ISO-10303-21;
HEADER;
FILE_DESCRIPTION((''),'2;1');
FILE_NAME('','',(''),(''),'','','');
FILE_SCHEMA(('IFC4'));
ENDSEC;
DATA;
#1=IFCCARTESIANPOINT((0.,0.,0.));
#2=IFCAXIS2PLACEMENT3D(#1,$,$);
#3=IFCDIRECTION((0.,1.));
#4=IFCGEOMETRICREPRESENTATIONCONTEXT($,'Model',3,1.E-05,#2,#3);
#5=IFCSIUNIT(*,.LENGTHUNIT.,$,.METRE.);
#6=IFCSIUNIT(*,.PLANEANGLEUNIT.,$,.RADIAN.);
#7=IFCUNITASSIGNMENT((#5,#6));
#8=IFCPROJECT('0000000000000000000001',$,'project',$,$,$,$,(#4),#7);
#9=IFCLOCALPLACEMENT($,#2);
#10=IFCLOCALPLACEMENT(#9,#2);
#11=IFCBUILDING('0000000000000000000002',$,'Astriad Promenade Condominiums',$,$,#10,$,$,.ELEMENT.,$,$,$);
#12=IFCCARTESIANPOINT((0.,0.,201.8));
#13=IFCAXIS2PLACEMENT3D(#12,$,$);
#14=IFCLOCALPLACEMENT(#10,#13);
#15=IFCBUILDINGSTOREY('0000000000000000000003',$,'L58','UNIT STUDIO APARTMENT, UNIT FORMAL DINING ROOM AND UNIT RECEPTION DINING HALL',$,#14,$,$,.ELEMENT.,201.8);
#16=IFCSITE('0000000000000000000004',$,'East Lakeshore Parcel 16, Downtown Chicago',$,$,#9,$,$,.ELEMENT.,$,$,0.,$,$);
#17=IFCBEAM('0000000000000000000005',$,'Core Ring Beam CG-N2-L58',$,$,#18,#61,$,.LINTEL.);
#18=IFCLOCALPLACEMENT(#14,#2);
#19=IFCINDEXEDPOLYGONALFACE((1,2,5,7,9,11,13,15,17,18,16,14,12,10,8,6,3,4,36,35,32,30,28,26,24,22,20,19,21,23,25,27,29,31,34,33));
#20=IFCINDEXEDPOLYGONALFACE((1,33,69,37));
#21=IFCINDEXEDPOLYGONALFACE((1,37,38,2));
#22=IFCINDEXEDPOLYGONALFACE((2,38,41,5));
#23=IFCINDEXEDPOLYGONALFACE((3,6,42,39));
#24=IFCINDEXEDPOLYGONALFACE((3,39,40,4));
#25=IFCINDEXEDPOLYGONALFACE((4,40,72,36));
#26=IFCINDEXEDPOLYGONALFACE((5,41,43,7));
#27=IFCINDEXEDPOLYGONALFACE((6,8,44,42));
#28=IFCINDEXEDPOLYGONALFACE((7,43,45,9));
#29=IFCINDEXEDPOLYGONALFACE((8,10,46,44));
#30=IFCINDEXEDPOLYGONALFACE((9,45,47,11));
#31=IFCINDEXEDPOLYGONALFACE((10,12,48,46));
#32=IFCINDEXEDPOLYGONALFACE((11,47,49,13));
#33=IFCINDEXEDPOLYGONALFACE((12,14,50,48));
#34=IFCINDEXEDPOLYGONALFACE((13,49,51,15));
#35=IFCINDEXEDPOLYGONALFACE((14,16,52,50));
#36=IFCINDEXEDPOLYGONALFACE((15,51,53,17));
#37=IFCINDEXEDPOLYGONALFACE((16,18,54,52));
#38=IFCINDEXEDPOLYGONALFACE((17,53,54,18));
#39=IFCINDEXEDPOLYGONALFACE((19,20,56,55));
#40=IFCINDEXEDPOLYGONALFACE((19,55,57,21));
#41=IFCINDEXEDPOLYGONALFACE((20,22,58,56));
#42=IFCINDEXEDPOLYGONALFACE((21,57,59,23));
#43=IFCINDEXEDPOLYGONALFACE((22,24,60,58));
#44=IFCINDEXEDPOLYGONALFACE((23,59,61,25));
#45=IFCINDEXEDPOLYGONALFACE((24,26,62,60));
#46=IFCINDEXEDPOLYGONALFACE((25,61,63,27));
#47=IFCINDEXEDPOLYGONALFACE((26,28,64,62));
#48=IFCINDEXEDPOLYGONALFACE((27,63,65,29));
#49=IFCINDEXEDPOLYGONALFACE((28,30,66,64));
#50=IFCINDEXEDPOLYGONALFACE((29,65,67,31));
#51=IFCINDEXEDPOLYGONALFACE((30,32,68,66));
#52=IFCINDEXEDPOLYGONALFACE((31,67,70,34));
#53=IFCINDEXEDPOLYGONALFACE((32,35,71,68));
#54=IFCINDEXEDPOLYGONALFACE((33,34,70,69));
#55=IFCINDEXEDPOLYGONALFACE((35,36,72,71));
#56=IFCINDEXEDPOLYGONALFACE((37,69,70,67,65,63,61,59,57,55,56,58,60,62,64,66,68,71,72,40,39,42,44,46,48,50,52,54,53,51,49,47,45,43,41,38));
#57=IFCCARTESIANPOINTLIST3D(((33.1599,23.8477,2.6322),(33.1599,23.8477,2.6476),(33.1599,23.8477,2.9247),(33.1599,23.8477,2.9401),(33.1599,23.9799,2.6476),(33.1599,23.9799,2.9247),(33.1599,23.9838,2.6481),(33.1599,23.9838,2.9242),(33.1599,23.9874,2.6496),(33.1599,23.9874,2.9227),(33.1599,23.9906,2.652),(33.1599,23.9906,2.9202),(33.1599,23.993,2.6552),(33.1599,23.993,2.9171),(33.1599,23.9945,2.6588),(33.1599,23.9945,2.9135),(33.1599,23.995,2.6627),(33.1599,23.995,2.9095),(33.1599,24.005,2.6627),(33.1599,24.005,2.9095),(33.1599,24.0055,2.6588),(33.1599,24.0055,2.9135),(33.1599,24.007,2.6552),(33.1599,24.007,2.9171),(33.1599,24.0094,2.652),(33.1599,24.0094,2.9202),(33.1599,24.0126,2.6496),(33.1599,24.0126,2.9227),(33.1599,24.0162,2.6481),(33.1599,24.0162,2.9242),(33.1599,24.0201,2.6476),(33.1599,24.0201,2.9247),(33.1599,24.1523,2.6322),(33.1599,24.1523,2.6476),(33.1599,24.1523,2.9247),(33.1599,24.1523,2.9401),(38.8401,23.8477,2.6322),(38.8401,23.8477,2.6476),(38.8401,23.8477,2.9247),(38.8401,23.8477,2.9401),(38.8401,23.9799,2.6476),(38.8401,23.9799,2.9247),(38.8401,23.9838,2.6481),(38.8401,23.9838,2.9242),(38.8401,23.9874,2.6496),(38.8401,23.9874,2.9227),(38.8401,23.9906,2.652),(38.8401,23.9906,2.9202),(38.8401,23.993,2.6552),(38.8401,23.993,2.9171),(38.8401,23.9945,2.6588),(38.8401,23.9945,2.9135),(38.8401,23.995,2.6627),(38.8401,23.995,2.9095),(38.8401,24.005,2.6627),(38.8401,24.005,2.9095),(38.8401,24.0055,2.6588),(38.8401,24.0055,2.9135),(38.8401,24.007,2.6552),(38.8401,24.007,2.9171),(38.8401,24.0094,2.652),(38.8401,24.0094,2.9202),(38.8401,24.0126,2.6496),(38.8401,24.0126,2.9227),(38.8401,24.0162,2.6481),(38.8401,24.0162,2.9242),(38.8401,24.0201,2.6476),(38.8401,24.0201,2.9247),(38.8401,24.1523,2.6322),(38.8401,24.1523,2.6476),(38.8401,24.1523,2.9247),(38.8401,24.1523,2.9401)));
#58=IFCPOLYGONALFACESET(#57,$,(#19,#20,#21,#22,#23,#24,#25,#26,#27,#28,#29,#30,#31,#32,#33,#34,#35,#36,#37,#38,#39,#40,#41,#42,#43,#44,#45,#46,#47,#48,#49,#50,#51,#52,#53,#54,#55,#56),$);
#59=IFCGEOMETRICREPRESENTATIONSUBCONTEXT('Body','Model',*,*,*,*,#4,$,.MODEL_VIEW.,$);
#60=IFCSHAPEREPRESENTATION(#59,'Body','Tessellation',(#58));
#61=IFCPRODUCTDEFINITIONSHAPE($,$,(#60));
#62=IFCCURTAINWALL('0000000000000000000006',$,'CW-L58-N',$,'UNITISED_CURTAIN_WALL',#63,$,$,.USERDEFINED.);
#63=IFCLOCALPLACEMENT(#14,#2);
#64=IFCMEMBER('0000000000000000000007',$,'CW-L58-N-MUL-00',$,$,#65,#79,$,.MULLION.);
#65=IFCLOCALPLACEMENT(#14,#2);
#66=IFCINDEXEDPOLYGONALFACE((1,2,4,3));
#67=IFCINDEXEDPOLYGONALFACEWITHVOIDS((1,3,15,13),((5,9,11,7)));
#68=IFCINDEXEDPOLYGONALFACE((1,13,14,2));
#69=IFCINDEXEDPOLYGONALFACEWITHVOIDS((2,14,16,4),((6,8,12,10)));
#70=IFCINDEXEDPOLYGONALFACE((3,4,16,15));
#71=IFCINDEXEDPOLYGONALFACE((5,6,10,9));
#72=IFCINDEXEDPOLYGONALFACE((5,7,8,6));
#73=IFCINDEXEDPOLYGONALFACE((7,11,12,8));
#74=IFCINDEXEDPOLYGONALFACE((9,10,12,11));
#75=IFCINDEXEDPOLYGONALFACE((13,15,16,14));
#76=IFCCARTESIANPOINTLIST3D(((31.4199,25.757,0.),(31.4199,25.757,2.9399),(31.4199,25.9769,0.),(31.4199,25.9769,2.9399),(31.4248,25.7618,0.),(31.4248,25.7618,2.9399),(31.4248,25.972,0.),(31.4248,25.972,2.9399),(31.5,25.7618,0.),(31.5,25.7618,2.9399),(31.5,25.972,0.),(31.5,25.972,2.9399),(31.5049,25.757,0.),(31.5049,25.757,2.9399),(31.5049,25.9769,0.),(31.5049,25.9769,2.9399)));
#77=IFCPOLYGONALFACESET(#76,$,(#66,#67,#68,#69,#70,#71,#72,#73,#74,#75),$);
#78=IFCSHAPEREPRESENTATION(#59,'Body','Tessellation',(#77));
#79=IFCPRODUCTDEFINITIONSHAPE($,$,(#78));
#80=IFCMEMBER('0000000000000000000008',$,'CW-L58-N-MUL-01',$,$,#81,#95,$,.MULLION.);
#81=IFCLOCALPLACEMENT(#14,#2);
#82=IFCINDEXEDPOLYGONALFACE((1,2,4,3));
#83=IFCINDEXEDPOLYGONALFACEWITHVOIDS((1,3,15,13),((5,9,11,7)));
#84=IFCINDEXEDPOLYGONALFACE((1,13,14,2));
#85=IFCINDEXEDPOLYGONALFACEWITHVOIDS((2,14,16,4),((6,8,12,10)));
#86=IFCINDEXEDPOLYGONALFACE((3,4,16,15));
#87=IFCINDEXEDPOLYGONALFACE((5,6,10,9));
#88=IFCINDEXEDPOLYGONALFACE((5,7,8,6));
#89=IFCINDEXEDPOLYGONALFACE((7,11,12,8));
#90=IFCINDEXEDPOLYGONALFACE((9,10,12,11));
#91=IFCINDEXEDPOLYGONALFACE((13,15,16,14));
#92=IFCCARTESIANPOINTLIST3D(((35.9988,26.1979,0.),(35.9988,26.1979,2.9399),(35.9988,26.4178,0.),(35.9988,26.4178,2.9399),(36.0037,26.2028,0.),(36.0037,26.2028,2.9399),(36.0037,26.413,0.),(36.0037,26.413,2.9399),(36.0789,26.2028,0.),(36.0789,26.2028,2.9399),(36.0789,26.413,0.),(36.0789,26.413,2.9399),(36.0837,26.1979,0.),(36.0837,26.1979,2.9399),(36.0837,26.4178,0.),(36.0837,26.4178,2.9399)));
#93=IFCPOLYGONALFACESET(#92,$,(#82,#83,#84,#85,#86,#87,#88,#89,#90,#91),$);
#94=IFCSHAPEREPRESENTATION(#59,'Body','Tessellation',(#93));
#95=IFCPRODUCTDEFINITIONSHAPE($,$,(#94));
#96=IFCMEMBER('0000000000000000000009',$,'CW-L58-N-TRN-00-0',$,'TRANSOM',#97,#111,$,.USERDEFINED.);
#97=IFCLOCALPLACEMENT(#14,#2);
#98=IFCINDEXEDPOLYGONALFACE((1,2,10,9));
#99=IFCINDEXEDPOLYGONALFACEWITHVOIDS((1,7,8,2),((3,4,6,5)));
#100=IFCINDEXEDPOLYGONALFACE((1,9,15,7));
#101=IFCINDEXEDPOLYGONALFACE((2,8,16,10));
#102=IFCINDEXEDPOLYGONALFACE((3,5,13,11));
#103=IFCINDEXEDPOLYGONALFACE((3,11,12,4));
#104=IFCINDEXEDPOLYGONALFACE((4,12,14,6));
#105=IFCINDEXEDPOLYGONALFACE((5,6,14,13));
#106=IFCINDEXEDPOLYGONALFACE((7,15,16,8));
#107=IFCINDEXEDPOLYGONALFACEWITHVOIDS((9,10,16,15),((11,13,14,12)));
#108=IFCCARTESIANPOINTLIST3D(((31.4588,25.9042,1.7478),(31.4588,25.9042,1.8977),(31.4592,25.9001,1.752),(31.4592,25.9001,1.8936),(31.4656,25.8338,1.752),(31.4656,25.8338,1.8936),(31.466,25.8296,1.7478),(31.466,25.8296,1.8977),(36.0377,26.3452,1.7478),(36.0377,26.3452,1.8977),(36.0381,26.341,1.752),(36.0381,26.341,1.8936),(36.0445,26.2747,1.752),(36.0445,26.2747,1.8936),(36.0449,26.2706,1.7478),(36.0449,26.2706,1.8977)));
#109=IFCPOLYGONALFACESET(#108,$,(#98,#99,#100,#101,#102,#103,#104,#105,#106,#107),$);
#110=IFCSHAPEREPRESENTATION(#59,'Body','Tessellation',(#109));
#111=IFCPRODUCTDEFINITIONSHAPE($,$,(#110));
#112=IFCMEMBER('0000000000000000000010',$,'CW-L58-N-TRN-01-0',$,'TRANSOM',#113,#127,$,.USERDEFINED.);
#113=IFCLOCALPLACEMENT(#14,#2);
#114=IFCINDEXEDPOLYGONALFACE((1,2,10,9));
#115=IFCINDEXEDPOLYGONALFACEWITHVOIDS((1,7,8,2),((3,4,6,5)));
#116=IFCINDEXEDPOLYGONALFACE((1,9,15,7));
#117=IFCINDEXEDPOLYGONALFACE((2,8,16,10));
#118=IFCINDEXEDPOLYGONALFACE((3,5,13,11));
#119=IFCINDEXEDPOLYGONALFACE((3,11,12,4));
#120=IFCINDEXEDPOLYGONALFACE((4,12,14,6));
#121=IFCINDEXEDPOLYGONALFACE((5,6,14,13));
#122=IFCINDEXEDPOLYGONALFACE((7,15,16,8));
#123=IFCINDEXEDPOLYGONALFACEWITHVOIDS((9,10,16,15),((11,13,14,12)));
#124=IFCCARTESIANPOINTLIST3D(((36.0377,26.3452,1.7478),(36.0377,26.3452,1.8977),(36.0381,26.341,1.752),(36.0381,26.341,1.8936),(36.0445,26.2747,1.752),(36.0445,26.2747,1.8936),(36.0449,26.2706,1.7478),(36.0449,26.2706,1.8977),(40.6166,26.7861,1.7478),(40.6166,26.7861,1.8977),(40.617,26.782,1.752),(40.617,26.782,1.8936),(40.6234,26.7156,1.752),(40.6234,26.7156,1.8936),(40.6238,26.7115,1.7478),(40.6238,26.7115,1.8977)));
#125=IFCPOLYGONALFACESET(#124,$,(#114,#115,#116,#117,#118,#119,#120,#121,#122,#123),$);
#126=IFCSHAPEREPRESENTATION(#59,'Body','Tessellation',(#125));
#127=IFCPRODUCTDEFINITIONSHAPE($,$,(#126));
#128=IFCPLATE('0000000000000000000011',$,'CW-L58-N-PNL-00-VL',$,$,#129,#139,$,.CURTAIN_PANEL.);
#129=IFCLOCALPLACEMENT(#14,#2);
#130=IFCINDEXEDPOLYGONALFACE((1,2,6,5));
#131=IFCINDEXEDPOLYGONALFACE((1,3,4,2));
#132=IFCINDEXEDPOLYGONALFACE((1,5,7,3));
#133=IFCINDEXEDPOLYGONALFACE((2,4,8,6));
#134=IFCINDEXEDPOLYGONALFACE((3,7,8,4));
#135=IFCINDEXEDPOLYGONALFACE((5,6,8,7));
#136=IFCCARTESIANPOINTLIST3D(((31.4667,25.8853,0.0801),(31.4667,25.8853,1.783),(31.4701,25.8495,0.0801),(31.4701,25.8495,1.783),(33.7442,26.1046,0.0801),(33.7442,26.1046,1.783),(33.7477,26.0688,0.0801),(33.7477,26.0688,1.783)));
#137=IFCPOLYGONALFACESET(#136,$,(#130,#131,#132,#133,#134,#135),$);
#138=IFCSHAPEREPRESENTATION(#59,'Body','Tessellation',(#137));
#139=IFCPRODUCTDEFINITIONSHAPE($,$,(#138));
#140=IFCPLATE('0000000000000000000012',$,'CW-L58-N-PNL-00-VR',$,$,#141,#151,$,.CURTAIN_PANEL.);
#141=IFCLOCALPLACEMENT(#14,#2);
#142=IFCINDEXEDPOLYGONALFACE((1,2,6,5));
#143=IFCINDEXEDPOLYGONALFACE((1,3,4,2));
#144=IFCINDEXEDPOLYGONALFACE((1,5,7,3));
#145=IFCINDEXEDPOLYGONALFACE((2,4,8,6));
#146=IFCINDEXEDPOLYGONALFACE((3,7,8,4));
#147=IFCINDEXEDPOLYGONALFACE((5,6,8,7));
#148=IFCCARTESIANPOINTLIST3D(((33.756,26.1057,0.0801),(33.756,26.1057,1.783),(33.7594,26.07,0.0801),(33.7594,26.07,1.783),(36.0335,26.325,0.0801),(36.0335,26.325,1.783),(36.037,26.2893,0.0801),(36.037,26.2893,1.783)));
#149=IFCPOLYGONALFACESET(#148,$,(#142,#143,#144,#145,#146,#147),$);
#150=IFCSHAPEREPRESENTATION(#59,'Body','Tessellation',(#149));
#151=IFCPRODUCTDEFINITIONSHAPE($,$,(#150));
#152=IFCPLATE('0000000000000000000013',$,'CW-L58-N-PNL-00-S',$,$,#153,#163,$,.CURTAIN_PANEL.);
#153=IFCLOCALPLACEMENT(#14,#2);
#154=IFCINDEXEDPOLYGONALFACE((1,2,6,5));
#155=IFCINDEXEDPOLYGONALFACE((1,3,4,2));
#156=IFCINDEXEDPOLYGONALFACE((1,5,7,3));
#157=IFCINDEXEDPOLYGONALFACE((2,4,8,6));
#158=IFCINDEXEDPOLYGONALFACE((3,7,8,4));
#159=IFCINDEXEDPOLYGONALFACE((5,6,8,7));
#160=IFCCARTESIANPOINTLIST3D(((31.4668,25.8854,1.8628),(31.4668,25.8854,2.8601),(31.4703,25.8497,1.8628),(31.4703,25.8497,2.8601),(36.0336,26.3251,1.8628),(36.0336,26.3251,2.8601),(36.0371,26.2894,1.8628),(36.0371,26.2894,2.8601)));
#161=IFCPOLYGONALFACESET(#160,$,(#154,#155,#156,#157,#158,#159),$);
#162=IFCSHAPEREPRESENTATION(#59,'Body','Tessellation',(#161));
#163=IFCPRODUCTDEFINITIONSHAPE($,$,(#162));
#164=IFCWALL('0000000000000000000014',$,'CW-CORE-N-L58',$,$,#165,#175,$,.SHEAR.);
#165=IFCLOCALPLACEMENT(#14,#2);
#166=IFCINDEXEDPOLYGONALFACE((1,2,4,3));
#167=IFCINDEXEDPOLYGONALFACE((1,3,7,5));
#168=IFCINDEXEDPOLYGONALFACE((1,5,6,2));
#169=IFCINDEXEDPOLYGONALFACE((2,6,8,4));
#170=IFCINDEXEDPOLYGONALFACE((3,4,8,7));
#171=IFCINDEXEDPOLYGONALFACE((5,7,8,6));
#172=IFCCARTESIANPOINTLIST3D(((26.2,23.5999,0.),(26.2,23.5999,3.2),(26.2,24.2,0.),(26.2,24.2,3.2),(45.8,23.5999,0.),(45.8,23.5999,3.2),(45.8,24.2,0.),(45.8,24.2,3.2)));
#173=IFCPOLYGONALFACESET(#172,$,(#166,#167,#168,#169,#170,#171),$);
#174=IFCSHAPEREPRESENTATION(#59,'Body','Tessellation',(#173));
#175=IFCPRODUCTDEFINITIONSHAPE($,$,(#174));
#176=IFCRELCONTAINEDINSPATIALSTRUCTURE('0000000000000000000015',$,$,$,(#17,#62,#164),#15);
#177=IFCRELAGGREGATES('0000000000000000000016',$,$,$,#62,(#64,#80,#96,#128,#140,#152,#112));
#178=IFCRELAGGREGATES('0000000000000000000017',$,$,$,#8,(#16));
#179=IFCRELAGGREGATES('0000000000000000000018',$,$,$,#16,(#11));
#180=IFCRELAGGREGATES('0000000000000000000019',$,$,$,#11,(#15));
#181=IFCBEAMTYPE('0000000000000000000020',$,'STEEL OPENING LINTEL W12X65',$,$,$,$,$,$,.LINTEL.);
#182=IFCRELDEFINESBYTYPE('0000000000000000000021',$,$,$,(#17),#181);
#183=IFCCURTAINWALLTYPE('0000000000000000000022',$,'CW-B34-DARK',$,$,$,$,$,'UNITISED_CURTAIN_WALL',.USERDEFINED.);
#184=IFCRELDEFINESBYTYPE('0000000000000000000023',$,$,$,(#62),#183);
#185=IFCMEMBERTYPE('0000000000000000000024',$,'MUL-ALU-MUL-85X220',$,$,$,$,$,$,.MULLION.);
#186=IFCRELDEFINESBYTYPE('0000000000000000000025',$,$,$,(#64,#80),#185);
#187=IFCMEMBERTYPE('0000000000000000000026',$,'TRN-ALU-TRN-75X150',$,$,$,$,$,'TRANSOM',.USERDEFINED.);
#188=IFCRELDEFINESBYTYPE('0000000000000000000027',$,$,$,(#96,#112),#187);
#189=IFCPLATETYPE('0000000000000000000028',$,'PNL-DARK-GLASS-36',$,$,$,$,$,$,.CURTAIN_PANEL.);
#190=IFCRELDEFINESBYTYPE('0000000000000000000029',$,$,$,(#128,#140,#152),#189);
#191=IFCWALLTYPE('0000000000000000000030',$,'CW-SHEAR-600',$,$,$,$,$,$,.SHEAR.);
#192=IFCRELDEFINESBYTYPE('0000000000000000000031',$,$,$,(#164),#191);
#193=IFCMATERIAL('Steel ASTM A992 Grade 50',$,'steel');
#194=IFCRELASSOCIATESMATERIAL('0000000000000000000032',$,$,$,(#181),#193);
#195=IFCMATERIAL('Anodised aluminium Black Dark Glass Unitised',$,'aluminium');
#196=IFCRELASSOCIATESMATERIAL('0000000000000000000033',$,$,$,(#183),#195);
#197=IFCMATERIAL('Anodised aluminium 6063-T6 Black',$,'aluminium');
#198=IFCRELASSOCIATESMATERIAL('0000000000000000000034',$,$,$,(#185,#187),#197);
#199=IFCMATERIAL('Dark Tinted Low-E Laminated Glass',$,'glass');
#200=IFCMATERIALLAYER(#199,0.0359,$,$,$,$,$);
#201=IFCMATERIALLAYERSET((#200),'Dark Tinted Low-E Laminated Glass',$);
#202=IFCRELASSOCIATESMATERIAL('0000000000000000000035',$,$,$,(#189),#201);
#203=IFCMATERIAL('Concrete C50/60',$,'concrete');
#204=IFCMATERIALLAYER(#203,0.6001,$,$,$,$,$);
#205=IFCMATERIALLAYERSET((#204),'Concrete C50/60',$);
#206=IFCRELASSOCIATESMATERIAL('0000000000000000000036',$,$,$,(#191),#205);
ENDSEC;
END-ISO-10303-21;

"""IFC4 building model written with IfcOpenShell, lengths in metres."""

from ifc_helpers import new_model, si_unit, direction, frame, frame_2d, origin, origin_2d, place, context, subcontext, project, spatial, rectangle, hollow_rectangle, i_section, extrude, source, transform, mapped, material, layer, layer_set, material_profile, profile_set, type_object, type_shapes, element, aggregate, save


model = new_model("IFC4")

# Units and contexts
model_context = context("Model", 3, precision=1e-05, world=origin(), true_north=direction((0.0, 1.0)))
body_context = subcontext(model_context, "Body", "Model", "MODEL_VIEW")
ifc_project = project(units=[si_unit("LENGTHUNIT", "METRE"), si_unit("PLANEANGLEUNIT", "RADIAN")], contexts=[model_context])

# Site, building, storey
site_placement = place(None, origin())
site = spatial("IfcSite", under=ifc_project, at=site_placement, Name="East Lakeshore Parcel 16, Downtown Chicago", CompositionType="ELEMENT", RefElevation=0.0)
building_placement = place(site_placement, origin())
building = spatial("IfcBuilding", under=site, at=building_placement, Name="Astriad Promenade Condominiums", CompositionType="ELEMENT")
storey_placement = place(building_placement, frame((0.0, 0.0, 201.8)))
storey = spatial("IfcBuildingStorey", under=building, at=storey_placement, Name="L58", Description="UNIT STUDIO APARTMENT, UNIT FORMAL DINING ROOM AND UNIT RECEPTION DINING HALL", CompositionType="ELEMENT", Elevation=201.8)

# Shared definitions
ifc_material_1 = material(Name="Steel ASTM A992 Grade 50", Category="steel")
ifc_material_2 = material(Name="Concrete C50/60", Category="concrete")

# Beam
ifc_material_profile_1 = material_profile(ifc_material_1, i_section(OverallWidth=0.3047, OverallDepth=0.3079, WebThickness=0.01, FlangeThickness=0.0154, FilletRadius=0.0151, at=origin_2d()), Name="W12X65")
ifc_profile_set_1 = profile_set([ifc_material_profile_1], Name="Steel ASTM A992 Grade 50")
beam_type_1 = type_object("IfcBeamType", Name="STEEL OPENING LINTEL W12X65", PredefinedType="LINTEL", material=ifc_profile_set_1)
shared_shape_1 = source(origin(), body_context, "Body", "SweptSolid", [
    extrude(i_section(OverallWidth=0.3047, OverallDepth=0.3079, WebThickness=0.01, FlangeThickness=0.0154, FilletRadius=0.0151, at=origin_2d()), origin(), (0.0, 0.0, 1.0), 5.6802),
])
type_shapes(beam_type_1, [shared_shape_1])
beam_1_placement = place(storey_placement, frame((33.1599, 24.0, 2.7861), z_axis=(1.0, 0.0, 0.0), x_axis=(0.0, 1.0, 0.0)))
element("IfcBeam", 1, at=beam_1_placement, inside=storey, type_object=beam_type_1, Name="Core Ring Beam CG-N2-L58", PredefinedType="LINTEL", context=body_context, shape_type="MappedRepresentation", body=[
    mapped(shared_shape_1, transform((0.0, 0.0, 0.0), scale=1.0)),
])

# Curtain wall, members, plates
ifc_material_3 = material(Name="Anodised aluminium Black Dark Glass Unitised", Category="aluminium")
curtain_wall_type = type_object("IfcCurtainWallType", Name="CW-B34-DARK", ElementType="UNITISED_CURTAIN_WALL", PredefinedType="USERDEFINED", material=ifc_material_3)
curtain_wall_placement = place(storey_placement, origin())
curtain_wall = element("IfcCurtainWall", 2, at=curtain_wall_placement, inside=storey, type_object=curtain_wall_type, Name="CW-L58-N", ObjectType="UNITISED_CURTAIN_WALL", PredefinedType="USERDEFINED")
ifc_material_4 = material(Name="Anodised aluminium 6063-T6 Black", Category="aluminium")
ifc_material_profile_2 = material_profile(ifc_material_4, hollow_rectangle(XDim=0.085, YDim=0.22, WallThickness=0.0049, at=origin_2d()), Name="ALU-MUL-85X220")
ifc_profile_set_2 = profile_set([ifc_material_profile_2], Name="Anodised aluminium 6063-T6 Black")
member_type_1 = type_object("IfcMemberType", Name="MUL-ALU-MUL-85X220", PredefinedType="MULLION", material=ifc_profile_set_2)
shared_shape_2 = source(origin(), body_context, "Body", "SweptSolid", [
    extrude(hollow_rectangle(XDim=0.085, YDim=0.22, WallThickness=0.0049, at=origin_2d()), origin(), (0.0, 0.0, 1.0), 2.9399),
])
type_shapes(member_type_1, [shared_shape_2])
member_1_placement = place(storey_placement, frame((31.4624, 25.8669, 0.0), z_axis=(0.0, 0.0, 1.0), x_axis=(1.0, 0.0, 0.0)))
member_1 = element("IfcMember", 3, at=member_1_placement, type_object=member_type_1, Name="CW-L58-N-MUL-00", PredefinedType="MULLION", context=body_context, shape_type="MappedRepresentation", body=[
    mapped(shared_shape_2, transform((0.0, 0.0, 0.0), scale=1.0)),
])
member_2_placement = place(storey_placement, frame((36.0413, 26.3079, 0.0), z_axis=(0.0, 0.0, 1.0), x_axis=(1.0, 0.0, 0.0)))
member_2 = element("IfcMember", 4, at=member_2_placement, type_object=member_type_1, Name="CW-L58-N-MUL-01", PredefinedType="MULLION", context=body_context, shape_type="MappedRepresentation", body=[
    mapped(shared_shape_2, transform((0.0, 0.0, 0.0), scale=1.0)),
])
ifc_material_profile_3 = material_profile(ifc_material_4, hollow_rectangle(XDim=0.075, YDim=0.1499, WallThickness=0.0042, at=origin_2d()), Name="ALU-TRN-75X150")
ifc_profile_set_3 = profile_set([ifc_material_profile_3], Name="Anodised aluminium 6063-T6 Black")
member_type_2 = type_object("IfcMemberType", Name="TRN-ALU-TRN-75X150", ElementType="TRANSOM", PredefinedType="USERDEFINED", material=ifc_profile_set_3)
shared_shape_3 = source(origin(), body_context, "Body", "SweptSolid", [
    extrude(hollow_rectangle(XDim=0.075, YDim=0.1499, WallThickness=0.0042, at=origin_2d()), origin(), (0.0, 0.0, 1.0), 4.6001),
])
type_shapes(member_type_2, [shared_shape_3])
member_3_placement = place(storey_placement, frame((31.4624, 25.8669, 1.8228), z_axis=(0.995396, 0.095851, 0.0), x_axis=(-0.095851, 0.995396, 0.0)))
member_3 = element("IfcMember", 5, at=member_3_placement, type_object=member_type_2, Name="CW-L58-N-TRN-00-0", ObjectType="TRANSOM", PredefinedType="USERDEFINED", context=body_context, shape_type="MappedRepresentation", body=[
    mapped(shared_shape_3, transform((0.0, 0.0, 0.0), scale=1.0)),
])
member_4_placement = place(storey_placement, frame((36.0413, 26.3079, 1.8228), z_axis=(0.995396, 0.095851, 0.0), x_axis=(-0.095851, 0.995396, 0.0)))
member_4 = element("IfcMember", 6, at=member_4_placement, type_object=member_type_2, Name="CW-L58-N-TRN-01-0", ObjectType="TRANSOM", PredefinedType="USERDEFINED", context=body_context, shape_type="MappedRepresentation", body=[
    mapped(shared_shape_3, transform((0.0, 0.0, 0.0), scale=1.0)),
])
ifc_material_5 = material(Name="Dark Tinted Low-E Laminated Glass", Category="glass")
ifc_layer_1 = layer(ifc_material_5, 0.0359)
ifc_layer_set_1 = layer_set([ifc_layer_1], Name="Dark Tinted Low-E Laminated Glass")
plate_type = type_object("IfcPlateType", Name="PNL-DARK-GLASS-36", PredefinedType="CURTAIN_PANEL", material=ifc_layer_set_1)
shared_shape_4 = source(origin(), body_context, "Body", "SweptSolid", [
    extrude(rectangle(XDim=2.2881, YDim=0.0359, at=origin_2d()), origin(), (0.0, 0.0, 1.0), 1.7029),
])
plate_1_placement = place(storey_placement, frame((32.6072, 25.9771, 0.0801), z_axis=(0.0, 0.0, 1.0), x_axis=(0.995396, 0.095846, 0.0)))
plate_1 = element("IfcPlate", 7, at=plate_1_placement, type_object=plate_type, Name="CW-L58-N-PNL-00-VL", PredefinedType="CURTAIN_PANEL", context=body_context, shape_type="MappedRepresentation", body=[
    mapped(shared_shape_4, transform((0.0, 0.0, 0.0), scale=1.0)),
])
plate_2_placement = place(storey_placement, frame((34.8965, 26.1975, 0.0801), z_axis=(0.0, 0.0, 1.0), x_axis=(0.995396, 0.095846, 0.0)))
plate_2 = element("IfcPlate", 8, at=plate_2_placement, type_object=plate_type, Name="CW-L58-N-PNL-00-VR", PredefinedType="CURTAIN_PANEL", context=body_context, shape_type="MappedRepresentation", body=[
    mapped(shared_shape_4, transform((0.0, 0.0, 0.0), scale=1.0)),
])
shared_shape_5 = source(origin(), body_context, "Body", "SweptSolid", [
    extrude(rectangle(XDim=4.5879, YDim=0.0359, at=origin_2d()), origin(), (0.0, 0.0, 1.0), 0.9973),
])
type_shapes(plate_type, [shared_shape_4, shared_shape_5])
plate_3_placement = place(storey_placement, frame((33.752, 26.0874, 1.8628), z_axis=(0.0, 0.0, 1.0), x_axis=(0.995396, 0.095846, 0.0)))
plate_3 = element("IfcPlate", 9, at=plate_3_placement, type_object=plate_type, Name="CW-L58-N-PNL-00-S", PredefinedType="CURTAIN_PANEL", context=body_context, shape_type="MappedRepresentation", body=[
    mapped(shared_shape_5, transform((0.0, 0.0, 0.0), scale=1.0)),
])
aggregate(curtain_wall, [member_1, member_2, member_3, plate_1, plate_2, plate_3, member_4])

# Wall
ifc_layer_2 = layer(ifc_material_2, 0.6001)
ifc_layer_set_2 = layer_set([ifc_layer_2], Name="Concrete C50/60")
wall_type_1 = type_object("IfcWallType", Name="CW-SHEAR-600", PredefinedType="SHEAR", material=ifc_layer_set_2)
wall_1_placement = place(storey_placement, frame((26.2, 23.8999, 0.0), z_axis=(0.0, 0.0, 1.0), x_axis=(1.0, 0.0, 0.0)))
element("IfcWall", 10, at=wall_1_placement, inside=storey, type_object=wall_type_1, Name="CW-CORE-N-L58", PredefinedType="SHEAR", context=body_context, shape_type="SweptSolid", body=[
    extrude(rectangle(XDim=19.6001, YDim=0.6001, at=frame_2d((9.8, 0.0))), origin(), (0.0, 0.0, 1.0), 3.2),
])

save(model, "model.ifc")
